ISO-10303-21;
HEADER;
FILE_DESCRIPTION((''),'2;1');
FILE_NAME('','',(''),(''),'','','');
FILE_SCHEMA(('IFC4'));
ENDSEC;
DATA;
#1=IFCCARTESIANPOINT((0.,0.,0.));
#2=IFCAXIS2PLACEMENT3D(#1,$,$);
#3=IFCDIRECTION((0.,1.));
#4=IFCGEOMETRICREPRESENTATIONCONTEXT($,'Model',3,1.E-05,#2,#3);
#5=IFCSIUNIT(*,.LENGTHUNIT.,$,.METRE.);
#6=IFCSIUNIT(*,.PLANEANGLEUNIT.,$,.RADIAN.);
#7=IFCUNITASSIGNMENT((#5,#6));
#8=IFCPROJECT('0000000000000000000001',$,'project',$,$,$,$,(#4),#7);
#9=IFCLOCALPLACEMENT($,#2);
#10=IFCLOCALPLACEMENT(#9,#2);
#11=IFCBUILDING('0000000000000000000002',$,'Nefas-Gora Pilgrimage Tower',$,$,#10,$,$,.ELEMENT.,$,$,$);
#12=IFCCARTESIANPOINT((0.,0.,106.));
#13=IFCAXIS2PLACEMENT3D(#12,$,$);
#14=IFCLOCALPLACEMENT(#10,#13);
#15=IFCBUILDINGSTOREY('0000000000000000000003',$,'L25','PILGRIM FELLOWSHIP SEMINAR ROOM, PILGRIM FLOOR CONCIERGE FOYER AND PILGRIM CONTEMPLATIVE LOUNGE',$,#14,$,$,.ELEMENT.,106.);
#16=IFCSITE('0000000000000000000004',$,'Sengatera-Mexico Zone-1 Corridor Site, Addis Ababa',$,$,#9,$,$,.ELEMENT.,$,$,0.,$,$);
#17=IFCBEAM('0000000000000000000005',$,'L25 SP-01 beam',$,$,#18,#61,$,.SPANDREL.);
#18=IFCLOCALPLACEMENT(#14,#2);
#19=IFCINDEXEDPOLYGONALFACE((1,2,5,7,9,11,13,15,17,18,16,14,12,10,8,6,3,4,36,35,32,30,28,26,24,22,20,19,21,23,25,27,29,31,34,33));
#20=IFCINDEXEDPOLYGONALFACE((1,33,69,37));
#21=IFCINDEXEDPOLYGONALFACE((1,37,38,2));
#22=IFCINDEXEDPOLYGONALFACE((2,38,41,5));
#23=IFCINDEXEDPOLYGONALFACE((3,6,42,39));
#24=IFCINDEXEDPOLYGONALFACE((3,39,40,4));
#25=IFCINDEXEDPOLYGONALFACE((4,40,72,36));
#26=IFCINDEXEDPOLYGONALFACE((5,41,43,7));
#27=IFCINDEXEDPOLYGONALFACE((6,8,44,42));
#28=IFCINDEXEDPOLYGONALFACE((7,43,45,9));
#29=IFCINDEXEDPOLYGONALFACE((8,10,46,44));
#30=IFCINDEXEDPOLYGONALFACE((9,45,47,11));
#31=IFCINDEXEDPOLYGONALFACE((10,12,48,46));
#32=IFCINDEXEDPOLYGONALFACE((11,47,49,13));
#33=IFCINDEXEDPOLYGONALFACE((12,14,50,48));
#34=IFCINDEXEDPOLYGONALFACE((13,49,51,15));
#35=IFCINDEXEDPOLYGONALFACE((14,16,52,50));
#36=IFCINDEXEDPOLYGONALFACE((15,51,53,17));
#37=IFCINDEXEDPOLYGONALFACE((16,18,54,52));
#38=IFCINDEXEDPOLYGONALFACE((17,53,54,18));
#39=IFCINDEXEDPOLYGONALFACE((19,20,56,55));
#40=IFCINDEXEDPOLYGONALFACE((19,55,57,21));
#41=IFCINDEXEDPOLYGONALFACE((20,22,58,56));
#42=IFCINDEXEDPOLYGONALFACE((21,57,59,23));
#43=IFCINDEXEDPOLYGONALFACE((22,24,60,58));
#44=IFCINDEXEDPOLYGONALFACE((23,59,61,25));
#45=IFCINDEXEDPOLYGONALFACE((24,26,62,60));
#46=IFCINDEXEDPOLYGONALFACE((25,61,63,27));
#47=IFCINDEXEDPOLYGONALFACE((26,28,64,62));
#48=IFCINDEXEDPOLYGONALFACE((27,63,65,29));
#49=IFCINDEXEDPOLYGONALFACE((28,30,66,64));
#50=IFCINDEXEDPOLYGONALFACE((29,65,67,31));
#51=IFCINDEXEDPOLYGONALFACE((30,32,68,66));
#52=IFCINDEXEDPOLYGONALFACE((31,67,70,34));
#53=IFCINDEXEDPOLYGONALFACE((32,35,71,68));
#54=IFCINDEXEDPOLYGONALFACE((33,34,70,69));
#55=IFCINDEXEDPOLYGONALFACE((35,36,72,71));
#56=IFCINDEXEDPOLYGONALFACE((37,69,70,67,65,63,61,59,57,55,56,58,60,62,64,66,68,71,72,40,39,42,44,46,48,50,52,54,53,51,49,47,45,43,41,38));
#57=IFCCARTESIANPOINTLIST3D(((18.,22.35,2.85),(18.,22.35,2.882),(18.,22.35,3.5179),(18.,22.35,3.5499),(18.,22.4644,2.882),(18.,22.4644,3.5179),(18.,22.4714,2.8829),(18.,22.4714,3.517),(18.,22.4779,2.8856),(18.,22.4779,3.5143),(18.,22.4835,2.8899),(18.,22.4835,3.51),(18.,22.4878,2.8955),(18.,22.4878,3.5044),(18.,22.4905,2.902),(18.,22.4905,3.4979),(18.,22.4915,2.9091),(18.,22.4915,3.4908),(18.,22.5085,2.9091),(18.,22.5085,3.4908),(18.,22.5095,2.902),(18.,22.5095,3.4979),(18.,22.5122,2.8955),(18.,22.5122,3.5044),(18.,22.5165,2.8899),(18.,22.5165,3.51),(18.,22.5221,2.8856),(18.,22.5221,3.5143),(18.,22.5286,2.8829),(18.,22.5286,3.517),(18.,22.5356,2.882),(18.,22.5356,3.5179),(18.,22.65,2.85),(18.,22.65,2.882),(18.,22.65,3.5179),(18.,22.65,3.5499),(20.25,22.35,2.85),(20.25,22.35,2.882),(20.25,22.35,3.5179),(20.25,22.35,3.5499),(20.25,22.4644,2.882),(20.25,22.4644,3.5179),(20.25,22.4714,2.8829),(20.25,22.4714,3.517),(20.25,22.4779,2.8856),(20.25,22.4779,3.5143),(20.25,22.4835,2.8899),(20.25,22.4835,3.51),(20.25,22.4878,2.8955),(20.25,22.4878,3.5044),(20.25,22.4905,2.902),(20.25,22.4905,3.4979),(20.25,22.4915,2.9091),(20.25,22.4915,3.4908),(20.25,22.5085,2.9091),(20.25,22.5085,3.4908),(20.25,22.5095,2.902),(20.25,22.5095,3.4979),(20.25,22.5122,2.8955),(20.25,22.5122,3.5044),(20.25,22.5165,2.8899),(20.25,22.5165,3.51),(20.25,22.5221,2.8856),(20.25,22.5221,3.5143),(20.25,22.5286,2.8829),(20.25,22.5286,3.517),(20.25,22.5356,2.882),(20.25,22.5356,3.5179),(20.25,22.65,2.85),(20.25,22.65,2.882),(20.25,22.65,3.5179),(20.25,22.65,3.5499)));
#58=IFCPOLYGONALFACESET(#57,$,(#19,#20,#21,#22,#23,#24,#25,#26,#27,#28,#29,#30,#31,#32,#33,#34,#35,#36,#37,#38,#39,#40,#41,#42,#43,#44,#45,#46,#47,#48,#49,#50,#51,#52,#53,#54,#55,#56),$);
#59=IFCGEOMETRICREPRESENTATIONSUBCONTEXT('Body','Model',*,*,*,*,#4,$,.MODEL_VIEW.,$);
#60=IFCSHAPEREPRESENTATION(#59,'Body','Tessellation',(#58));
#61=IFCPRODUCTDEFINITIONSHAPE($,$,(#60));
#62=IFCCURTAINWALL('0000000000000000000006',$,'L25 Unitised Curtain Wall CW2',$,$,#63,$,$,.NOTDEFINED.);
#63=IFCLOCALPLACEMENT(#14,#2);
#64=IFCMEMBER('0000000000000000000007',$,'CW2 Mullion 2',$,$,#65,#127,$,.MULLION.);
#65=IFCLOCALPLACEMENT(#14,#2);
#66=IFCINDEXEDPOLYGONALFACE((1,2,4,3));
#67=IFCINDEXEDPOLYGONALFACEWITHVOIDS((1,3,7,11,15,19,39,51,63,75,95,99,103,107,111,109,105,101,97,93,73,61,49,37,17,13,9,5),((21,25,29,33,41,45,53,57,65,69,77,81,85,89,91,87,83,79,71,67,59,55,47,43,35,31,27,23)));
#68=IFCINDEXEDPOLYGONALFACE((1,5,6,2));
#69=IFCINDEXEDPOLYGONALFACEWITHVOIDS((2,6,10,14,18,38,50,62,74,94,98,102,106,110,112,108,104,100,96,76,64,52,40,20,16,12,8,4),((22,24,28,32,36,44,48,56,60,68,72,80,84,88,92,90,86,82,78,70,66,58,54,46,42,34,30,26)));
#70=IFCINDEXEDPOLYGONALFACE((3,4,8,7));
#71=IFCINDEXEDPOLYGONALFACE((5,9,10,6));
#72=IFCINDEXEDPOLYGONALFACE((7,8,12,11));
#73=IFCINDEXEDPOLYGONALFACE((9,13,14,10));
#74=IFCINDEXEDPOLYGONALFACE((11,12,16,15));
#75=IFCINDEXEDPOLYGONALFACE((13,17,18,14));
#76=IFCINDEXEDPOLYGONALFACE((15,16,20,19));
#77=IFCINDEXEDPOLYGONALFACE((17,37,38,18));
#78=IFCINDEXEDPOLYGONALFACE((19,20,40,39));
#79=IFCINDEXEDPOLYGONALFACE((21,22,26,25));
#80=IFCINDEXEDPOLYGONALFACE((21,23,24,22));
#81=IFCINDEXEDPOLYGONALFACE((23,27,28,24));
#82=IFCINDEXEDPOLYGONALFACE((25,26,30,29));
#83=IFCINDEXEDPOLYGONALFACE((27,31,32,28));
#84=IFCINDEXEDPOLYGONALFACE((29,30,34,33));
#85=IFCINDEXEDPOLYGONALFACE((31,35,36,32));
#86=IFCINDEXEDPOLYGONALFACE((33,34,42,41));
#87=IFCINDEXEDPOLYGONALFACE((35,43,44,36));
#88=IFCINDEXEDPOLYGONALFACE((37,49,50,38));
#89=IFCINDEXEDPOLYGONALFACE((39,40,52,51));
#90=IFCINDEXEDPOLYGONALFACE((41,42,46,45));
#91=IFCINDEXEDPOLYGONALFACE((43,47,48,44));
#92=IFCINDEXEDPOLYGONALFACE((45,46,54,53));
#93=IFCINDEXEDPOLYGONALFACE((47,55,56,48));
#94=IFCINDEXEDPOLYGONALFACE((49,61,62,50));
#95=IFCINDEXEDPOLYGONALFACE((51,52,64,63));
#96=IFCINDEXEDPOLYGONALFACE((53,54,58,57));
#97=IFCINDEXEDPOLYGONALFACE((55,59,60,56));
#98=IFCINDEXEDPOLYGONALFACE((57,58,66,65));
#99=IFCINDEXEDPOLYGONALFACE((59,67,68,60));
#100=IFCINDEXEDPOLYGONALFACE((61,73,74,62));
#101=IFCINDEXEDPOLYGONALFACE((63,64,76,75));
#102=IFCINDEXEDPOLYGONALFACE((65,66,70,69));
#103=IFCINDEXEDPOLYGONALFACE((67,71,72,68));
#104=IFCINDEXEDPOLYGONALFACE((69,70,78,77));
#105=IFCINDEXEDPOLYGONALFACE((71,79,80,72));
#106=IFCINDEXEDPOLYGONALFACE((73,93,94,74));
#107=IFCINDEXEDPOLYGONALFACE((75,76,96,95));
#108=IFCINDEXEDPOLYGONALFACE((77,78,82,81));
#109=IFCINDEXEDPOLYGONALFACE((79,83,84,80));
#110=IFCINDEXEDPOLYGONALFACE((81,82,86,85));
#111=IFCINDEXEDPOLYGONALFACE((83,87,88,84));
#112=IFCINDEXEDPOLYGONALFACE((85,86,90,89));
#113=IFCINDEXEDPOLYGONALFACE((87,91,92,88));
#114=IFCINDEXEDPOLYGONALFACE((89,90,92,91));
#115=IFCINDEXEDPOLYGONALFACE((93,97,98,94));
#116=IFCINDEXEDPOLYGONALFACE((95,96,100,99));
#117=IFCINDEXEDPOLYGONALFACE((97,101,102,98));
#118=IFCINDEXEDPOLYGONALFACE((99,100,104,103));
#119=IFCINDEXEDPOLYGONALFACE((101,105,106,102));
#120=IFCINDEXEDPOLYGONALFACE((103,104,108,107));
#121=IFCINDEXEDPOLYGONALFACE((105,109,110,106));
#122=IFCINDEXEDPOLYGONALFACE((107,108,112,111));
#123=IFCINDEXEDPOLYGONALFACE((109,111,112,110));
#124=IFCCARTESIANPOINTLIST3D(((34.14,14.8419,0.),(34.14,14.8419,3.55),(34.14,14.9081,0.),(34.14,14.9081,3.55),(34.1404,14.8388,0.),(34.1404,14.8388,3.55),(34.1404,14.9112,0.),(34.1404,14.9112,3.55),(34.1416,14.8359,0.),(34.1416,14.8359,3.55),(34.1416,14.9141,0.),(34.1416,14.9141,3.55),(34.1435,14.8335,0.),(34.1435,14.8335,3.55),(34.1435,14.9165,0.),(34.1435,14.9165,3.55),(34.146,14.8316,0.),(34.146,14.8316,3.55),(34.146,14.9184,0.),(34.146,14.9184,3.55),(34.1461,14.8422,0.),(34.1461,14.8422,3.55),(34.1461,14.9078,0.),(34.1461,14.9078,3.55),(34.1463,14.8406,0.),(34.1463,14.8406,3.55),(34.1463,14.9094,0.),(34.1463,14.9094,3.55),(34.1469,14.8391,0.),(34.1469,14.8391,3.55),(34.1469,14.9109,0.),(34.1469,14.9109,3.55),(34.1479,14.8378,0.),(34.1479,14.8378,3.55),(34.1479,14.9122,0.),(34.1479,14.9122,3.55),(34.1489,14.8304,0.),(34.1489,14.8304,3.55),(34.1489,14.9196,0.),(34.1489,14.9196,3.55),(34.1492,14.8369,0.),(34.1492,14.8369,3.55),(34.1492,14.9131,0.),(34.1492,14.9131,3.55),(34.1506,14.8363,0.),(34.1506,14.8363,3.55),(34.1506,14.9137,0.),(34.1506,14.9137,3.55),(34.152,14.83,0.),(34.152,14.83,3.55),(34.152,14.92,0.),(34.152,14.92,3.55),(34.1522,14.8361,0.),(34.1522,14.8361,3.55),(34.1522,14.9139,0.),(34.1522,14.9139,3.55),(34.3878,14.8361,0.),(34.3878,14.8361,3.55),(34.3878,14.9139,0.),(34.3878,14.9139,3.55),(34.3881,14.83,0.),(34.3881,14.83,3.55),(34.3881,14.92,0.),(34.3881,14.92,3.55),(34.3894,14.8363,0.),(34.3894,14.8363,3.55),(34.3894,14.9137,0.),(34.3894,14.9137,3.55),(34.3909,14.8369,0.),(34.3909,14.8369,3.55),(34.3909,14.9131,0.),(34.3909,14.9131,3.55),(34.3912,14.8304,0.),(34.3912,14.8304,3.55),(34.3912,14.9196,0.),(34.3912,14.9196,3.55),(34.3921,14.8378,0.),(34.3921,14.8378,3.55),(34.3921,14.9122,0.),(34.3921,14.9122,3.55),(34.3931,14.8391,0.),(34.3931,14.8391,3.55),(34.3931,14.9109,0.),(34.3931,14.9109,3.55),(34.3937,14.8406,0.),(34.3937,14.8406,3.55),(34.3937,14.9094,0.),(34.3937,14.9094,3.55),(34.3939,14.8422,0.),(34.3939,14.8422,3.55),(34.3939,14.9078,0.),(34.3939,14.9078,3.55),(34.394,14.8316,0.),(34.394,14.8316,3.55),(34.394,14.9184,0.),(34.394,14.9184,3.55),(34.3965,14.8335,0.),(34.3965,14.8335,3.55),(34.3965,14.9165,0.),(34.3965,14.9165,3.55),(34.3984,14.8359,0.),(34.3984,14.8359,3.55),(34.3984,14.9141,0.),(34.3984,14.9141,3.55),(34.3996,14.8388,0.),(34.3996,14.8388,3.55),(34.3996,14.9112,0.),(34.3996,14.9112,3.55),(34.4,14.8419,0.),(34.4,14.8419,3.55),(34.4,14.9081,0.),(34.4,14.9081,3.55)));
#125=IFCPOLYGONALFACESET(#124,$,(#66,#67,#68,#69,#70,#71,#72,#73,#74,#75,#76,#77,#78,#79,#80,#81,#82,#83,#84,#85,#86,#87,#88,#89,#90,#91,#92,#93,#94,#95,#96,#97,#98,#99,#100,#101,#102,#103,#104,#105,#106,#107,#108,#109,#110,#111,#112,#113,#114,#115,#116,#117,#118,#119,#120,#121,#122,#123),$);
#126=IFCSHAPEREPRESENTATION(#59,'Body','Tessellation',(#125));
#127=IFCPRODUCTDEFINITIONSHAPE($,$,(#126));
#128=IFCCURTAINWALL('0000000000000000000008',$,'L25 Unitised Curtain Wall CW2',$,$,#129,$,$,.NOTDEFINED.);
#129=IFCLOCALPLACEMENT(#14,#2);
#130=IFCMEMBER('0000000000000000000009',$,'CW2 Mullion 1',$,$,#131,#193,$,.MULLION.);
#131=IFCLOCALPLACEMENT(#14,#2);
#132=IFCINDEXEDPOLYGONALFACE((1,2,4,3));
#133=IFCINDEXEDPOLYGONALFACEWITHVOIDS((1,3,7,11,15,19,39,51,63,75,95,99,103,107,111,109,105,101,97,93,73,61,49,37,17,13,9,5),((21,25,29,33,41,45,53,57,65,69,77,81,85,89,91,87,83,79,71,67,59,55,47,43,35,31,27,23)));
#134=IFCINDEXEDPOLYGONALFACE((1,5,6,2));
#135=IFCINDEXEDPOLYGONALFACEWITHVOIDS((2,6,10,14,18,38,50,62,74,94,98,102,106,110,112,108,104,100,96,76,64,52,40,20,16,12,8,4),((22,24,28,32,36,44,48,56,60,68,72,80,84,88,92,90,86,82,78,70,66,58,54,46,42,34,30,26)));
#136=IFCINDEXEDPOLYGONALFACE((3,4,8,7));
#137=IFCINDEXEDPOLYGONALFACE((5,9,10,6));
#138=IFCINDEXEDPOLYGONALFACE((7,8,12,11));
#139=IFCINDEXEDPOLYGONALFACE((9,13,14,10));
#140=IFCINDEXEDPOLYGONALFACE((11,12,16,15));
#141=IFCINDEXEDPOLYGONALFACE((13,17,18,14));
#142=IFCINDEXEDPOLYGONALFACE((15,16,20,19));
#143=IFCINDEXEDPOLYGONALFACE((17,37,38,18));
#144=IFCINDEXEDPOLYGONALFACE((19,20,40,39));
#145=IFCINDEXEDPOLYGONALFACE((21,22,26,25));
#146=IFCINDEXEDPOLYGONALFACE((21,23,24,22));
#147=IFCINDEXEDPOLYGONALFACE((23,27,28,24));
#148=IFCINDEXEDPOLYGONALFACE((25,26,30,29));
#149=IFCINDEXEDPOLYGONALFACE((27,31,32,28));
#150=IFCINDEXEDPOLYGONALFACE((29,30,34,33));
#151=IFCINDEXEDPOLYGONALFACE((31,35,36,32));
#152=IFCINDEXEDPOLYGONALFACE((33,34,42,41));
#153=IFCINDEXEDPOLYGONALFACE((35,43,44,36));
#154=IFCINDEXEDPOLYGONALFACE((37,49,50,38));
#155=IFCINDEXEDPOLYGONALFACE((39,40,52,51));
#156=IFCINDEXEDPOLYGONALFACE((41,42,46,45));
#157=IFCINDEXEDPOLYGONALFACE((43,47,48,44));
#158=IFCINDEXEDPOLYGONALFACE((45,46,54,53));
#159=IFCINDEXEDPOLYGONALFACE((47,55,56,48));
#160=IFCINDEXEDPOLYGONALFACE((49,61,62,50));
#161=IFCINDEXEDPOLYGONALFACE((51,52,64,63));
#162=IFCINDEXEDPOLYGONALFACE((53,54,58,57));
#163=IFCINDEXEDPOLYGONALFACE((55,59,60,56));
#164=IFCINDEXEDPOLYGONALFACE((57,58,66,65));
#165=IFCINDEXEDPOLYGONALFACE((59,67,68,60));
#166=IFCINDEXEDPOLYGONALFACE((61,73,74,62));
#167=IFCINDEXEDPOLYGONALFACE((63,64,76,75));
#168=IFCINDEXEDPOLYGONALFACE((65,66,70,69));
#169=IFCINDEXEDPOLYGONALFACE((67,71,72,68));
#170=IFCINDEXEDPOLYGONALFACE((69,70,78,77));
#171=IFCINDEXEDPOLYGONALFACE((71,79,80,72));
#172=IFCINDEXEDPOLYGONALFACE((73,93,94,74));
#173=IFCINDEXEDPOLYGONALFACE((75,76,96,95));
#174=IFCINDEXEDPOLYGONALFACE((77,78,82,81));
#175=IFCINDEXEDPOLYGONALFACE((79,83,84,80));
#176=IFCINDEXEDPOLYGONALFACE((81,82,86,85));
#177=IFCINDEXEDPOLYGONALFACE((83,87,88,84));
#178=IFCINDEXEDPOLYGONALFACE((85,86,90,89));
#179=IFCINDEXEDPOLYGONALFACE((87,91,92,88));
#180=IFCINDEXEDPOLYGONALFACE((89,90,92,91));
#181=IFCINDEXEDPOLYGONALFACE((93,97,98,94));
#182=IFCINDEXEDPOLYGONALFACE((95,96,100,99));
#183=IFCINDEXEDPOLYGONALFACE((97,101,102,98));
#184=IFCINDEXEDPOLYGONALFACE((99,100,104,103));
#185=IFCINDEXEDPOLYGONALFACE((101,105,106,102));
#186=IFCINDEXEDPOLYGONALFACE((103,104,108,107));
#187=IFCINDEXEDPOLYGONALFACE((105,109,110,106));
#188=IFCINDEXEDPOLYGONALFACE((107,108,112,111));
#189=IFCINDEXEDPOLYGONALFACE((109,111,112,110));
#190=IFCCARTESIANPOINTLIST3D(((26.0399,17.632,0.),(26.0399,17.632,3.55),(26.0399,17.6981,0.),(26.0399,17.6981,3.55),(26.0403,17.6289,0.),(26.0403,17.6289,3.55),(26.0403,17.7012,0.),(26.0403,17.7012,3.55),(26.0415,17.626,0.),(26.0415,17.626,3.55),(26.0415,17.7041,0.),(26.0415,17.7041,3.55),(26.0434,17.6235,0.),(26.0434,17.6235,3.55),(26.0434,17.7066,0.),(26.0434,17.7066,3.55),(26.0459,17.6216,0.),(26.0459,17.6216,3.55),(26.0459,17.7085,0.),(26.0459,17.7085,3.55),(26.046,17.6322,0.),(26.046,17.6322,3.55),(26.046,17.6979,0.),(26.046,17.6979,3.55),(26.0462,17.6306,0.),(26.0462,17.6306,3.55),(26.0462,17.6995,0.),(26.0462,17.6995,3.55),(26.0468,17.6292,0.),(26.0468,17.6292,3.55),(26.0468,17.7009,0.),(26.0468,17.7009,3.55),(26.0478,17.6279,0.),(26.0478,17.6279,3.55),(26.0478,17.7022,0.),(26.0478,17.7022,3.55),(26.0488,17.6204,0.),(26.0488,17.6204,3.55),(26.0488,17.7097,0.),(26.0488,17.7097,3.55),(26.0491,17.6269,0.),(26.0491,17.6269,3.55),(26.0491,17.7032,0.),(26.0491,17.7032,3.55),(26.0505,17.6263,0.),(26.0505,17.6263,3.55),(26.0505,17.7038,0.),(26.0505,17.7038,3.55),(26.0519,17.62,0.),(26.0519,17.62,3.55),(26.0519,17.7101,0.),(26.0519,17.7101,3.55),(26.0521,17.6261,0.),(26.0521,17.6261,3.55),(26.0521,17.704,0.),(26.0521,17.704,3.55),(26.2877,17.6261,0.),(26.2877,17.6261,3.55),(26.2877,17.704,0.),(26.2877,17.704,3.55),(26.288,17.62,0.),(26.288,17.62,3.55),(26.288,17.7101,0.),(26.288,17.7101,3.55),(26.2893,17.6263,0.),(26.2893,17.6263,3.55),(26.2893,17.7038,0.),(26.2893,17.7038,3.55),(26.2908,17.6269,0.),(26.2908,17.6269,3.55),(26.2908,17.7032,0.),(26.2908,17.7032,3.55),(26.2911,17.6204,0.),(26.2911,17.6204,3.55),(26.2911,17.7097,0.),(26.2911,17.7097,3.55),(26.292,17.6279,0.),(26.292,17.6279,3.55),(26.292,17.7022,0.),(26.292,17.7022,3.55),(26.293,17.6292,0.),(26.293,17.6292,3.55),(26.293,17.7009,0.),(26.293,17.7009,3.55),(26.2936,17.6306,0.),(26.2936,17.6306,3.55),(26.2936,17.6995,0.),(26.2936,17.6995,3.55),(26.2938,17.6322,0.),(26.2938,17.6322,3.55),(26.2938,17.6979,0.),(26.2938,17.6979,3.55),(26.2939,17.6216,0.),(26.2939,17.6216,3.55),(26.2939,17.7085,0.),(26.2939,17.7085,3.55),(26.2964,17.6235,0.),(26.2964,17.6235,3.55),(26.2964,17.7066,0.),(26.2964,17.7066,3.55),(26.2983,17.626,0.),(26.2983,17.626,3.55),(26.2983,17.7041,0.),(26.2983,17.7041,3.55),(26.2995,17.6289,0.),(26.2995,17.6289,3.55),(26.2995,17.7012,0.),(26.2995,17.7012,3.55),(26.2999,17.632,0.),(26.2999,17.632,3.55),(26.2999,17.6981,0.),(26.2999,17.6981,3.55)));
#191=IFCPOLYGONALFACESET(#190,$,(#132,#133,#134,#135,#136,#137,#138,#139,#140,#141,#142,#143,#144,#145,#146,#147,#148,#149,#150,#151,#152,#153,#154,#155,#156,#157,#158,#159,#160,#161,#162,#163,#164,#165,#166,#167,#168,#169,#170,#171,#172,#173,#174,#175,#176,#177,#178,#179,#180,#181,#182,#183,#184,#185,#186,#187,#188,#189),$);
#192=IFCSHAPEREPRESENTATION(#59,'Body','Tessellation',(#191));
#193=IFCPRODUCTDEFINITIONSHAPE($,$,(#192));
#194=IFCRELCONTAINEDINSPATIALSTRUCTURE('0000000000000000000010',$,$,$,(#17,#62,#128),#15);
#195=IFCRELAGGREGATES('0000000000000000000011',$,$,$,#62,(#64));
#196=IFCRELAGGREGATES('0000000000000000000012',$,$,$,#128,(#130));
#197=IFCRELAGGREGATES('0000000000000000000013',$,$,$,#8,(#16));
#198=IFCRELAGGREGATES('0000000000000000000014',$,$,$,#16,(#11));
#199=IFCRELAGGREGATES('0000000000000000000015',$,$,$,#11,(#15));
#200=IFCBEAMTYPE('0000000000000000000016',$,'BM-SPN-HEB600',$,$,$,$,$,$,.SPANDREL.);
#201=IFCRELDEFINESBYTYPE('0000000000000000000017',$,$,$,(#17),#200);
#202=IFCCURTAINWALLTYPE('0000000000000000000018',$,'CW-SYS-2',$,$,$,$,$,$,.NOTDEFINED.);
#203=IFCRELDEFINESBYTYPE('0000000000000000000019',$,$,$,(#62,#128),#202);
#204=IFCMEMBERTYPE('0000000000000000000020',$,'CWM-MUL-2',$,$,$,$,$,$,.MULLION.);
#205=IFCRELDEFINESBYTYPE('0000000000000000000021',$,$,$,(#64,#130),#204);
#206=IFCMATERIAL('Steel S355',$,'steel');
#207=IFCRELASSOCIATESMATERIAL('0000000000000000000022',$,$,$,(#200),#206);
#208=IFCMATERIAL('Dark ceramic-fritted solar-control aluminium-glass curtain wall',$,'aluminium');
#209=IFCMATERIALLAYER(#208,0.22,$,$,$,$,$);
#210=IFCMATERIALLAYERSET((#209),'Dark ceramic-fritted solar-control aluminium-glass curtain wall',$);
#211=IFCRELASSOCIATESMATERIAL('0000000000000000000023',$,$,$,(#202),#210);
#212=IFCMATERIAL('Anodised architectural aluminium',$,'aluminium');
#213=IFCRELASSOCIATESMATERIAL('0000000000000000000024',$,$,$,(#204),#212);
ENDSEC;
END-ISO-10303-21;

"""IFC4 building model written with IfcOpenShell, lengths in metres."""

from ifc_helpers import new_model, si_unit, direction, frame, origin, origin_2d, place, context, subcontext, project, spatial, hollow_rectangle, i_section, extrude, source, transform, mapped, material, layer, layer_set, material_profile, profile_set, type_object, element, aggregate, save


model = new_model("IFC4")

# Units and contexts
model_context = context("Model", 3, precision=1e-05, world=origin(), true_north=direction((0.0, 1.0)))
body_context = subcontext(model_context, "Body", "Model", "MODEL_VIEW")
ifc_project = project(units=[si_unit("LENGTHUNIT", "METRE"), si_unit("PLANEANGLEUNIT", "RADIAN")], contexts=[model_context])

# Site, building, storey
site_placement = place(None, origin())
site = spatial("IfcSite", under=ifc_project, at=site_placement, Name="Sengatera-Mexico Zone-1 Corridor Site, Addis Ababa", CompositionType="ELEMENT", RefElevation=0.0)
building_placement = place(site_placement, origin())
building = spatial("IfcBuilding", under=site, at=building_placement, Name="Nefas-Gora Pilgrimage Tower", CompositionType="ELEMENT")
storey_placement = place(building_placement, frame((0.0, 0.0, 106.0)))
storey = spatial("IfcBuildingStorey", under=building, at=storey_placement, Name="L25", Description="PILGRIM FELLOWSHIP SEMINAR ROOM, PILGRIM FLOOR CONCIERGE FOYER AND PILGRIM CONTEMPLATIVE LOUNGE", CompositionType="ELEMENT", Elevation=106.0)

# Beam
ifc_material_1 = material(Name="Steel S355", Category="steel")
ifc_material_profile_1 = material_profile(ifc_material_1, i_section(OverallWidth=0.3, OverallDepth=0.7, WebThickness=0.0171, FlangeThickness=0.032, FilletRadius=0.0271, at=origin_2d()), Name="HEB 700")
ifc_profile_set_1 = profile_set([ifc_material_profile_1], Name="Steel S355")
beam_type_1 = type_object("IfcBeamType", Name="BM-SPN-HEB600", PredefinedType="SPANDREL", material=ifc_profile_set_1)
shared_shape_1 = source(origin(), body_context, "Body", "SweptSolid", [
    extrude(i_section(OverallWidth=0.3, OverallDepth=0.7, WebThickness=0.0171, FlangeThickness=0.032, FilletRadius=0.0271, at=origin_2d()), origin(), (0.0, 0.0, 1.0), 2.25),
])
for number, where, z_axis, x_axis, name in (
    (1, (18.0, 22.5, 3.2), (1.0, 0.0, 0.0), (0.0, 1.0, 0.0), "L25 SP-01 beam"),
):
    element("IfcBeam", number, at=place(storey_placement, frame(where, z_axis=z_axis, x_axis=x_axis)), inside=storey, type_object=beam_type_1, Name=name, PredefinedType="SPANDREL", context=body_context, shape_type="MappedRepresentation", body=[
        mapped(shared_shape_1, transform((0.0, 0.0, 0.0), x_axis=(1.0, 0.0, 0.0), y_axis=(0.0, 1.0, 0.0), z_axis=(0.0, 0.0, 1.0), scale=1.0)),
    ])

# Curtain wall, member
ifc_material_2 = material(Name="Dark ceramic-fritted solar-control aluminium-glass curtain wall", Category="aluminium")
ifc_layer_1 = layer(ifc_material_2, 0.22)
ifc_layer_set_1 = layer_set([ifc_layer_1], Name="Dark ceramic-fritted solar-control aluminium-glass curtain wall")
curtain_wall_type = type_object("IfcCurtainWallType", Name="CW-SYS-2", PredefinedType="NOTDEFINED", material=ifc_layer_set_1)
curtain_wall_1_placement = place(storey_placement, origin())
curtain_wall_1 = element("IfcCurtainWall", 2, at=curtain_wall_1_placement, inside=storey, type_object=curtain_wall_type, Name="L25 Unitised Curtain Wall CW2", PredefinedType="NOTDEFINED")
ifc_material_3 = material(Name="Anodised architectural aluminium", Category="aluminium")
ifc_material_profile_2 = material_profile(ifc_material_3, hollow_rectangle(XDim=0.0901, YDim=0.26, WallThickness=0.0061, InnerFilletRadius=0.0061, OuterFilletRadius=0.012, at=origin_2d()), Name="ALU MULLION 90x260")
ifc_profile_set_2 = profile_set([ifc_material_profile_2], Name="Anodised architectural aluminium")
member_type_1 = type_object("IfcMemberType", Name="CWM-MUL-2", PredefinedType="MULLION", material=ifc_profile_set_2)
shared_shape_2 = source(origin(), body_context, "Body", "SweptSolid", [
    extrude(hollow_rectangle(XDim=0.0901, YDim=0.26, WallThickness=0.0061, InnerFilletRadius=0.0061, OuterFilletRadius=0.012, at=origin_2d()), origin(), (0.0, 0.0, 1.0), 3.55),
])
member_1_placement = place(storey_placement, frame((34.27, 14.875, 0.0), z_axis=(0.0, 0.0, 1.0), x_axis=(0.0, 1.0, 0.0)))
member_1 = element("IfcMember", 3, at=member_1_placement, type_object=member_type_1, Name="CW2 Mullion 2", PredefinedType="MULLION", context=body_context, shape_type="MappedRepresentation", body=[
    mapped(shared_shape_2, transform((0.0, 0.0, 0.0), x_axis=(1.0, 0.0, 0.0), y_axis=(0.0, 1.0, 0.0), z_axis=(0.0, 0.0, 1.0), scale=1.0)),
])
aggregate(curtain_wall_1, [member_1])

# Curtain wall, member
curtain_wall_2_placement = place(storey_placement, origin())
curtain_wall_2 = element("IfcCurtainWall", 4, at=curtain_wall_2_placement, inside=storey, type_object=curtain_wall_type, Name="L25 Unitised Curtain Wall CW2", PredefinedType="NOTDEFINED")
member_2_placement = place(storey_placement, frame((26.1699, 17.665, 0.0), z_axis=(0.0, 0.0, 1.0), x_axis=(0.0, 1.0, 0.0)))
member_2 = element("IfcMember", 5, at=member_2_placement, type_object=member_type_1, Name="CW2 Mullion 1", PredefinedType="MULLION", context=body_context, shape_type="MappedRepresentation", body=[
    mapped(shared_shape_2, transform((0.0, 0.0, 0.0), x_axis=(1.0, 0.0, 0.0), y_axis=(0.0, 1.0, 0.0), z_axis=(0.0, 0.0, 1.0), scale=1.0)),
])

aggregate(curtain_wall_2, [member_2])

save(model, "model.ifc")
